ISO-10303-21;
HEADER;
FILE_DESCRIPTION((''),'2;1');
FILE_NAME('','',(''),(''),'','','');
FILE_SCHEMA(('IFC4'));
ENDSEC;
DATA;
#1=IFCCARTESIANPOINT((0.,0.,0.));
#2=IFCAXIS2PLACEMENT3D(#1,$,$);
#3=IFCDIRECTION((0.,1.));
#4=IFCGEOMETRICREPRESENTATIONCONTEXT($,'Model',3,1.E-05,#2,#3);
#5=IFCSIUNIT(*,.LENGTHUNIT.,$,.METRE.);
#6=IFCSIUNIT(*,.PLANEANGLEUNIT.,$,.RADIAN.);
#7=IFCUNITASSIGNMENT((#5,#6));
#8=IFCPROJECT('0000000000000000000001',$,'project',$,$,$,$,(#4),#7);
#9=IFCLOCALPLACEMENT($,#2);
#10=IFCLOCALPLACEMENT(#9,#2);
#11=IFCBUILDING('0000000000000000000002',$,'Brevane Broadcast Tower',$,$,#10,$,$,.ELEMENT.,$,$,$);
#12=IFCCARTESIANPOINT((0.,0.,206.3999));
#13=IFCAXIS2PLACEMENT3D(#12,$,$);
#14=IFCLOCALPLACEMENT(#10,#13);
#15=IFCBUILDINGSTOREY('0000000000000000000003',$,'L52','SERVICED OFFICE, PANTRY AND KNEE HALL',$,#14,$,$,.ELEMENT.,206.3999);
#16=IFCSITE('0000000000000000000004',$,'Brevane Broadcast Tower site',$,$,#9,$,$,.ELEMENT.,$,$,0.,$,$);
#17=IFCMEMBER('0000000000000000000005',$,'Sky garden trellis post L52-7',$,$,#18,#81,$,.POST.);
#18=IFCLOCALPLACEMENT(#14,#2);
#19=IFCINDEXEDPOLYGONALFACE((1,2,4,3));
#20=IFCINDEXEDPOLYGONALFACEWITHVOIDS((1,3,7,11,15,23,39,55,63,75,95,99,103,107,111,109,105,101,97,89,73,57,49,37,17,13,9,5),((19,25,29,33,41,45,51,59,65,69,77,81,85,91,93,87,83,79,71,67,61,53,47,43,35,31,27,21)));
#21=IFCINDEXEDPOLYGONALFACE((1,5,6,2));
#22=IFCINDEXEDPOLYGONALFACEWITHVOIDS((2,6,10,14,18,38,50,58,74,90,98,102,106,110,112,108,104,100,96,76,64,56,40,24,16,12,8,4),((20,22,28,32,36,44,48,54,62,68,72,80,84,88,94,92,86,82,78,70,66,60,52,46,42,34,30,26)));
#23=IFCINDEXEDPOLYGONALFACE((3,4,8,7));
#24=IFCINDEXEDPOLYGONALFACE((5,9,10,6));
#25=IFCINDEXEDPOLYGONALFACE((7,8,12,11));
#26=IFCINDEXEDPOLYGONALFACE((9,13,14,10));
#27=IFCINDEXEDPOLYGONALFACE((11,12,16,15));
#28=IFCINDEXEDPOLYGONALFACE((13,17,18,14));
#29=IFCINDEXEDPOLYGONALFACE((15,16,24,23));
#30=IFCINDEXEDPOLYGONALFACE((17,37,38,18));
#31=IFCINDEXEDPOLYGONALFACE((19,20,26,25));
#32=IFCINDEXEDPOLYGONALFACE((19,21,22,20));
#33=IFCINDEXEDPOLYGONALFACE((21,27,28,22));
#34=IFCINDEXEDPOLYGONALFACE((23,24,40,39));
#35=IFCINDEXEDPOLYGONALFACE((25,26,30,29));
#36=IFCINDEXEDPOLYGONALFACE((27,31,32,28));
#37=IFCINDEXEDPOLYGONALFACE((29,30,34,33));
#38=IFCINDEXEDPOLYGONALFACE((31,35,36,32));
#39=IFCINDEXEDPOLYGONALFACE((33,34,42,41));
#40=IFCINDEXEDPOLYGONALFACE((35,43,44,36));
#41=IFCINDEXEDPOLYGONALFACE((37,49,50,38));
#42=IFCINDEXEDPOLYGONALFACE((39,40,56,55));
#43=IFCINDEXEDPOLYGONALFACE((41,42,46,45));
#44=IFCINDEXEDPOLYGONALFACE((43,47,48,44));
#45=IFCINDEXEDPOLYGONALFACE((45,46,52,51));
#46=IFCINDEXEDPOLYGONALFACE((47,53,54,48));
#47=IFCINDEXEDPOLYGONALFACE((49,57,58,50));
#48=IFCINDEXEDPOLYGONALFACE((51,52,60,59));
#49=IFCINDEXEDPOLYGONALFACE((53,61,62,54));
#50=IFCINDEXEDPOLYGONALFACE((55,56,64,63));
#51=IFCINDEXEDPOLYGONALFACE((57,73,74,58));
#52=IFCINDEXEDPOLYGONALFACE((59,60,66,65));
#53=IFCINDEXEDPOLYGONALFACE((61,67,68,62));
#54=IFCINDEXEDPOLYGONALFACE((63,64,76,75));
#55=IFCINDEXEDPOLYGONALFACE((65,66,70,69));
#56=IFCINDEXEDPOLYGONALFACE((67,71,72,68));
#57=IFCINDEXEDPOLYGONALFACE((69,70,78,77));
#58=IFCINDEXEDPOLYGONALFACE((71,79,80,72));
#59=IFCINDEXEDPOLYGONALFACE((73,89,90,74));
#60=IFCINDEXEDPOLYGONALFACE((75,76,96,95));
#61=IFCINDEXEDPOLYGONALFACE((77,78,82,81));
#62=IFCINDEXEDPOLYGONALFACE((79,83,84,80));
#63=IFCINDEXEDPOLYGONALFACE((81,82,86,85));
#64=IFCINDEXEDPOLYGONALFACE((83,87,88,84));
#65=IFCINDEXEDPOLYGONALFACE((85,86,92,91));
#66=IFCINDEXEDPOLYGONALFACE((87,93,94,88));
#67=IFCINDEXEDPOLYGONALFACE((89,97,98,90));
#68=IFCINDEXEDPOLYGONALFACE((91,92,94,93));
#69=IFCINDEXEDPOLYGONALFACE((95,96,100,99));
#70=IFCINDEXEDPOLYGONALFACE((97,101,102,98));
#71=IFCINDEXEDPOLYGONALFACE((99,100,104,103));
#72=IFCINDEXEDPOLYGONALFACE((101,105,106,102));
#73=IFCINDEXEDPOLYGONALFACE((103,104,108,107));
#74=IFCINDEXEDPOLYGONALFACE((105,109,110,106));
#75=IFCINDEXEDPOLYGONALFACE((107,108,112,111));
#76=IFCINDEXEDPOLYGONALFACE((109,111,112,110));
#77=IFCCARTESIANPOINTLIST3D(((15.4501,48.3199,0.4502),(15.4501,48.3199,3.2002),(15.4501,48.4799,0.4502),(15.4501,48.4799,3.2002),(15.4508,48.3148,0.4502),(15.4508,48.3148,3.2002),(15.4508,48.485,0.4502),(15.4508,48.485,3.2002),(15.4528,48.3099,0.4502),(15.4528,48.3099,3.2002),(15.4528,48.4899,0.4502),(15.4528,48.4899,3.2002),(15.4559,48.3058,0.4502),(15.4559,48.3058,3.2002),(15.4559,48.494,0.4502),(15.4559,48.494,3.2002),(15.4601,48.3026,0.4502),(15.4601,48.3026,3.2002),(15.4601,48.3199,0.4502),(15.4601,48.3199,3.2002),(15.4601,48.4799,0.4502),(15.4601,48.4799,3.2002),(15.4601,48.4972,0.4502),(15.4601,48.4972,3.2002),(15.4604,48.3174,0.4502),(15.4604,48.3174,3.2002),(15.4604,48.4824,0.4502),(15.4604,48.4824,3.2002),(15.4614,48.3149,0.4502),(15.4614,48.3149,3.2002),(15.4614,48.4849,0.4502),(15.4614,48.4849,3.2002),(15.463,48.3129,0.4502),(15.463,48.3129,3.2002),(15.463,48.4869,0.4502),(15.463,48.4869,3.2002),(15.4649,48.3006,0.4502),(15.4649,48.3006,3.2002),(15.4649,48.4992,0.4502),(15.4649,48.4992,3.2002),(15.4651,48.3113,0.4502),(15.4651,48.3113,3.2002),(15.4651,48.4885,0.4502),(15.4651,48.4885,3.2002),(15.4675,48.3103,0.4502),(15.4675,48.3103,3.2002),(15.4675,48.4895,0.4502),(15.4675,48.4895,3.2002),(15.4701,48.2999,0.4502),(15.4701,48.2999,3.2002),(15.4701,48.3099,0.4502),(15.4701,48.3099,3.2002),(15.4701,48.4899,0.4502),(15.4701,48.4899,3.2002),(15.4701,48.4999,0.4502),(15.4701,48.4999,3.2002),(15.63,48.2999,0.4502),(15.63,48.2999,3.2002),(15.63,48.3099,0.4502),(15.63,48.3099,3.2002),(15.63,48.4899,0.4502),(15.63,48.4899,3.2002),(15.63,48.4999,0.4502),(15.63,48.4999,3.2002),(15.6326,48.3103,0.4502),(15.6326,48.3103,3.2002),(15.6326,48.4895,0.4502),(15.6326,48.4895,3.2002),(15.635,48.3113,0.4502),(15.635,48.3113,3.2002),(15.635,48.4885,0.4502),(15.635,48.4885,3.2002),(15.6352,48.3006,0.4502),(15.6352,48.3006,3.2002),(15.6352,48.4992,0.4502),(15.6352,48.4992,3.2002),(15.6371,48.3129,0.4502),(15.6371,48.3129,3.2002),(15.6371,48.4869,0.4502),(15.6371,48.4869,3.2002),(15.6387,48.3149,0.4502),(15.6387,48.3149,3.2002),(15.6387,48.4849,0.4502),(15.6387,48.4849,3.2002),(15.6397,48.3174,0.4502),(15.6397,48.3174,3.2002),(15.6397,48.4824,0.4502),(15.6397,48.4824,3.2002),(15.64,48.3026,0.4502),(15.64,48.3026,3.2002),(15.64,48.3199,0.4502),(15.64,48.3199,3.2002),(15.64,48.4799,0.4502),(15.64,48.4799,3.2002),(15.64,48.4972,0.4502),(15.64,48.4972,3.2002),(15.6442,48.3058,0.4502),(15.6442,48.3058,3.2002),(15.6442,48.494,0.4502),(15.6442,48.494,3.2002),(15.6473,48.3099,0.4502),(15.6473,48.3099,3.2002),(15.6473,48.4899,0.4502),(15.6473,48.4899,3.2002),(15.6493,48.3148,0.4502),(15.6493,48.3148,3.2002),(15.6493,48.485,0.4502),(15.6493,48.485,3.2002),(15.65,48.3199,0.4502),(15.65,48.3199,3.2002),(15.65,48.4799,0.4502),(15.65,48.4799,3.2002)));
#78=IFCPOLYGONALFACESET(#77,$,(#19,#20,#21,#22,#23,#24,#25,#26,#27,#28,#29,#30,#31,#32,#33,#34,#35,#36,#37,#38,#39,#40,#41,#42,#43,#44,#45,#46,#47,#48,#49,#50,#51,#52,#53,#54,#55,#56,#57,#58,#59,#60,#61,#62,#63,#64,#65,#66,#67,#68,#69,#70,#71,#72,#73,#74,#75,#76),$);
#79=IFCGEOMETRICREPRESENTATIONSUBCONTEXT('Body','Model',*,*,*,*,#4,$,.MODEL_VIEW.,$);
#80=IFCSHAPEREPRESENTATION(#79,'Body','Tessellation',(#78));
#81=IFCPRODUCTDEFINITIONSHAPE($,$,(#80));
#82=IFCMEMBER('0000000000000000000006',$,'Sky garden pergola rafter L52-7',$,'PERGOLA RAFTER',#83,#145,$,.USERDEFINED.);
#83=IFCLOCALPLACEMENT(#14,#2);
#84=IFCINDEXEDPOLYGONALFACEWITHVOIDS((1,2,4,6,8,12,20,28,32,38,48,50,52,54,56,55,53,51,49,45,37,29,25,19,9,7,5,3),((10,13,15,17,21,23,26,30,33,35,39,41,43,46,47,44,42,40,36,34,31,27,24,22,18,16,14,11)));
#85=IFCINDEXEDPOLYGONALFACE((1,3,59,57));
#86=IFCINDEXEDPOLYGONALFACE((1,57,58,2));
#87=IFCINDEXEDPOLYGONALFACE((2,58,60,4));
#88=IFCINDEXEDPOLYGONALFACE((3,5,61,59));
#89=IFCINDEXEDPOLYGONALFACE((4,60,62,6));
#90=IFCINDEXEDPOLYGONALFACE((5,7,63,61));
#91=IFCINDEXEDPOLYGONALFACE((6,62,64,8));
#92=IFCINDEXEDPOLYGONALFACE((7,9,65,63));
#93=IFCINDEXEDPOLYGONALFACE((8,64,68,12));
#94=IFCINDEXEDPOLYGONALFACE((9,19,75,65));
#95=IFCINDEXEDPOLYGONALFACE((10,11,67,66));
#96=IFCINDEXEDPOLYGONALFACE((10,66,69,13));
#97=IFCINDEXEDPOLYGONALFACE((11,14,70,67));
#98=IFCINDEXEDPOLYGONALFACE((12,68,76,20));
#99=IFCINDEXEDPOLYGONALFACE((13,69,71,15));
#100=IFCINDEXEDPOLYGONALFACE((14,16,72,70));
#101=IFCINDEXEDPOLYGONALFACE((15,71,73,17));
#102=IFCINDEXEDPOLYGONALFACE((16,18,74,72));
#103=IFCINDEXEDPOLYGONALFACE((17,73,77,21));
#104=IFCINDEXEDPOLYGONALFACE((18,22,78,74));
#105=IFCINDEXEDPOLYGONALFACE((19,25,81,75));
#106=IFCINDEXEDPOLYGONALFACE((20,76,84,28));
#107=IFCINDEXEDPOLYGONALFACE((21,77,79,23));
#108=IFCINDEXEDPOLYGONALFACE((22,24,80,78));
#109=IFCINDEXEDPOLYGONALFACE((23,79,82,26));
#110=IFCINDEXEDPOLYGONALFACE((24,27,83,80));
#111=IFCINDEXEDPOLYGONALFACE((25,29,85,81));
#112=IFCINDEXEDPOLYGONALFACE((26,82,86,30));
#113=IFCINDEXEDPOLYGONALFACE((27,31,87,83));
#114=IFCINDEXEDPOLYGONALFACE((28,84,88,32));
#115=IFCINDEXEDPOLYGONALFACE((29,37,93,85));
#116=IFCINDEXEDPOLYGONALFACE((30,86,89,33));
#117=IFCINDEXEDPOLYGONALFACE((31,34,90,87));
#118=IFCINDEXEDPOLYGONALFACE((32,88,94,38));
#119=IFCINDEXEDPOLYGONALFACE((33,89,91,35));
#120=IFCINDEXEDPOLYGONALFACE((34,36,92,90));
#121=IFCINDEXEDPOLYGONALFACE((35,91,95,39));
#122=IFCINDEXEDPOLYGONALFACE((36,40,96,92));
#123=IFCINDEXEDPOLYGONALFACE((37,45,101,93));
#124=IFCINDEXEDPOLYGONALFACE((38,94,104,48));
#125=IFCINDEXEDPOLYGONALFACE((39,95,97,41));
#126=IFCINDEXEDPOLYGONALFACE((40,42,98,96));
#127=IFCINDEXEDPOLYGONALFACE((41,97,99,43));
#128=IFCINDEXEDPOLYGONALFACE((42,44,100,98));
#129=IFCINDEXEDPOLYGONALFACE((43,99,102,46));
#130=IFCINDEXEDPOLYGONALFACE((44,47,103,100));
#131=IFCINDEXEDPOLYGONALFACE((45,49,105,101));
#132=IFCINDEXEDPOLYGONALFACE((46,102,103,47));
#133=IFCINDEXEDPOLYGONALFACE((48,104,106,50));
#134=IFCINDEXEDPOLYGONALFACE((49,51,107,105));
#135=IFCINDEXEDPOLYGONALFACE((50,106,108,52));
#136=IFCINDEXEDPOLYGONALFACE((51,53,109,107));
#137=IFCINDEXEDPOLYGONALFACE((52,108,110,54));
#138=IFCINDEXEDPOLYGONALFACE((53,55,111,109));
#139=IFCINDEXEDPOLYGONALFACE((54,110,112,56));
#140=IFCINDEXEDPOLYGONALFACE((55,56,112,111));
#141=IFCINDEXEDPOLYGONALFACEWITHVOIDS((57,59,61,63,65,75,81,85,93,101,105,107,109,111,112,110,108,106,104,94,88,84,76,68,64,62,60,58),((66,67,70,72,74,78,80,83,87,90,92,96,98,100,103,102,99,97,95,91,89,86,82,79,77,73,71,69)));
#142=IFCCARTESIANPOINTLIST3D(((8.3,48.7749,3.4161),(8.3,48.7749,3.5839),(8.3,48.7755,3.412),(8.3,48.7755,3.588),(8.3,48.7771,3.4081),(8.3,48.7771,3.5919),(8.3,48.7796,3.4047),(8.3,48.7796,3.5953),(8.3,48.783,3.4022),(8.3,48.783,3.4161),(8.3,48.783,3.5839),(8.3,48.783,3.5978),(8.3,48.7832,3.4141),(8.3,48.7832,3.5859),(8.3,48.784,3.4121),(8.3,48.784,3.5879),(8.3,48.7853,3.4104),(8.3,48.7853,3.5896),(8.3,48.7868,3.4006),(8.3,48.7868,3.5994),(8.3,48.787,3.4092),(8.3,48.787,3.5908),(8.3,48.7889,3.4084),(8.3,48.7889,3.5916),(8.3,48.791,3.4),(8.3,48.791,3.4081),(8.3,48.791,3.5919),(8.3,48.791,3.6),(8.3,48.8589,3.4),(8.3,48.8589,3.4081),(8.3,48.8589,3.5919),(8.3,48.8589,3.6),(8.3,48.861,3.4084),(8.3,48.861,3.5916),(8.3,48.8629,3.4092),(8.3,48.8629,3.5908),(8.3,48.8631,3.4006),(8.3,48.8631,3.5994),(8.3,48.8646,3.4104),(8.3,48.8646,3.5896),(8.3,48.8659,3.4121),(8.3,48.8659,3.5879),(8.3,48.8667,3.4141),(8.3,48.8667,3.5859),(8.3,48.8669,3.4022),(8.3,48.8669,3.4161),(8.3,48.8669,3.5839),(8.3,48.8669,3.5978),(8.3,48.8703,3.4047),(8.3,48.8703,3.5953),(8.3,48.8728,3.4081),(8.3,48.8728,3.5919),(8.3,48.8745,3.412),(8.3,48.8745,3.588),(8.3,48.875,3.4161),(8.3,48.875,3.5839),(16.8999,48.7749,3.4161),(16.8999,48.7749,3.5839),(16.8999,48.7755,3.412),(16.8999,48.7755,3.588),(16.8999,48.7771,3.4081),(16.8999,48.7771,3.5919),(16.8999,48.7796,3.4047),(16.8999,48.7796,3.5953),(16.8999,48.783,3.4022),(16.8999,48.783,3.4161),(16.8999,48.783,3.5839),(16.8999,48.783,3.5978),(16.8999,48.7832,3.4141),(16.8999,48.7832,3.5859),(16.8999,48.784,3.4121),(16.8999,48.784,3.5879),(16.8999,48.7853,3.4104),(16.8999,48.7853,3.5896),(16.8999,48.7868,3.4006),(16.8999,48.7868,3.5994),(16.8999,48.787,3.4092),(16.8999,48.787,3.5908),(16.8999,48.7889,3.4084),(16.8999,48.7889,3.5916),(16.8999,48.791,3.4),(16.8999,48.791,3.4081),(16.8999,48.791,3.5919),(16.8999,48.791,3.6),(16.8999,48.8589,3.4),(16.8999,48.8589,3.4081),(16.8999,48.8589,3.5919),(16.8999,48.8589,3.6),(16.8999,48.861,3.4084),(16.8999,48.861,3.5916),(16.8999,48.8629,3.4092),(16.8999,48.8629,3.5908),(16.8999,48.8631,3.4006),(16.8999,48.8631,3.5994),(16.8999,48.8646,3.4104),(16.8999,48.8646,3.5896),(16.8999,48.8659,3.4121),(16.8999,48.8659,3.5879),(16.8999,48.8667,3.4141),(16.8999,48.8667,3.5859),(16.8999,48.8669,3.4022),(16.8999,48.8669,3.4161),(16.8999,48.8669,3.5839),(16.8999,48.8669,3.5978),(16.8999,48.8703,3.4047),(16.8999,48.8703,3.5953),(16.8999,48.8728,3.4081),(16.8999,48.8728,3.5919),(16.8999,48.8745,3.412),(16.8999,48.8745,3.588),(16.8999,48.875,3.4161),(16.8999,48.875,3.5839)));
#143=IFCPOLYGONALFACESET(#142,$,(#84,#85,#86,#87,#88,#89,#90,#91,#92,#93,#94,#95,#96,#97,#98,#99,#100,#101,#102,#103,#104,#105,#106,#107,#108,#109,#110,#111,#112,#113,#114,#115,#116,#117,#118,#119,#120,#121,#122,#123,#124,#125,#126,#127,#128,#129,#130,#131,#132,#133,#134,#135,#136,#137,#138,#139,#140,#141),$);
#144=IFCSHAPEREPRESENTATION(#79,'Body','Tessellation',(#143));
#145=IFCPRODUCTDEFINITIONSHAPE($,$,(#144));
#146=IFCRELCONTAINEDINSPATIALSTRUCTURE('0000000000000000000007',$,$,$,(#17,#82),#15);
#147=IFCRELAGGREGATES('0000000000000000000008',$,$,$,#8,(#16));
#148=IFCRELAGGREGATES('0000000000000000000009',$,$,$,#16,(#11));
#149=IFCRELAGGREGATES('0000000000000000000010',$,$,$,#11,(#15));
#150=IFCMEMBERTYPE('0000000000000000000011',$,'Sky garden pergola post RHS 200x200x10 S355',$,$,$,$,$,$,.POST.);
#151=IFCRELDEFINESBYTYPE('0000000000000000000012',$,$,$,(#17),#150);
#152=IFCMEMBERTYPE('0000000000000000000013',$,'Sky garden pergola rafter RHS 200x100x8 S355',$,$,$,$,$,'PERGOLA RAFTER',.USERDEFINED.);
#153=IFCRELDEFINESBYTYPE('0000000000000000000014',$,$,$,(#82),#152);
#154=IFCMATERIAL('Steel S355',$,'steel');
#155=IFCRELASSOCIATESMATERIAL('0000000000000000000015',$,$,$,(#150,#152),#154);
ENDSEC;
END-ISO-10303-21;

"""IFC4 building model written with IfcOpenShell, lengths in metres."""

from ifc_helpers import new_model, si_unit, direction, frame, origin, origin_2d, place, context, subcontext, project, spatial, hollow_rectangle, extrude, material, material_profile, profile_set, type_object, element, save


model = new_model("IFC4")

# Units and contexts
model_context = context("Model", 3, precision=1e-05, world=origin(), true_north=direction((0.0, 1.0)))
body_context = subcontext(model_context, "Body", "Model", "MODEL_VIEW")
ifc_project = project(units=[si_unit("LENGTHUNIT", "METRE"), si_unit("PLANEANGLEUNIT", "RADIAN")], contexts=[model_context])

# Site, building, storey
site_placement = place(None, origin())
site = spatial("IfcSite", under=ifc_project, at=site_placement, Name="Brevane Broadcast Tower site", CompositionType="ELEMENT", RefElevation=0.0)
building_placement = place(site_placement, origin())
building = spatial("IfcBuilding", under=site, at=building_placement, Name="Brevane Broadcast Tower", CompositionType="ELEMENT")
storey_placement = place(building_placement, frame((0.0, 0.0, 206.3999)))
storey = spatial("IfcBuildingStorey", under=building, at=storey_placement, Name="L52", Description="SERVICED OFFICE, PANTRY AND KNEE HALL", CompositionType="ELEMENT", Elevation=206.3999)

# Members
ifc_material_1 = material(Name="Steel S355", Category="steel")
ifc_material_profile_1 = material_profile(ifc_material_1, hollow_rectangle(XDim=0.2, YDim=0.2, WallThickness=0.01, InnerFilletRadius=0.01, OuterFilletRadius=0.02, at=origin_2d()), Name="RHS 200x200x10")
ifc_profile_set_1 = profile_set([ifc_material_profile_1], Name="Steel S355")
member_type_1 = type_object("IfcMemberType", Name="Sky garden pergola post RHS 200x200x10 S355", PredefinedType="POST", material=ifc_profile_set_1)
for number, where, z_axis, x_axis, name in (
    (1, (15.55, 48.3999, 0.4502), (0.0, 0.0, 1.0), (1.0, 0.0, 0.0), "Sky garden trellis post L52-7"),
):
    element("IfcMember", number, at=place(storey_placement, frame(where, z_axis=z_axis, x_axis=x_axis)), inside=storey, type_object=member_type_1, Name=name, PredefinedType="POST", context=body_context, shape_type="SweptSolid", body=[
        extrude(hollow_rectangle(XDim=0.2, YDim=0.2, WallThickness=0.01, InnerFilletRadius=0.01, OuterFilletRadius=0.02, at=origin_2d()), origin(), (0.0, 0.0, 1.0), 2.75),
    ])
ifc_material_profile_2 = material_profile(ifc_material_1, hollow_rectangle(XDim=0.1001, YDim=0.2, WallThickness=0.0081, InnerFilletRadius=0.0081, OuterFilletRadius=0.0161, at=origin_2d()), Name="RHS 200x100x8")
ifc_profile_set_2 = profile_set([ifc_material_profile_2], Name="Steel S355")
member_type_2 = type_object("IfcMemberType", Name="Sky garden pergola rafter RHS 200x100x8 S355", ElementType="PERGOLA RAFTER", PredefinedType="USERDEFINED", material=ifc_profile_set_2)
for number, where, z_axis, x_axis, name in (
    (2, (8.3, 48.825, 3.5), (1.0, 0.0, 0.0), (0.0, 1.0, 0.0), "Sky garden pergola rafter L52-7"),
):
    element("IfcMember", number, at=place(storey_placement, frame(where, z_axis=z_axis, x_axis=x_axis)), inside=storey, type_object=member_type_2, Name=name, ObjectType="PERGOLA RAFTER", PredefinedType="USERDEFINED", context=body_context, shape_type="SweptSolid", body=[
        extrude(hollow_rectangle(XDim=0.1001, YDim=0.2, WallThickness=0.0081, InnerFilletRadius=0.0081, OuterFilletRadius=0.0161, at=origin_2d()), origin(), (0.0, 0.0, 1.0), 8.5999),
    ])

save(model, "model.ifc")
